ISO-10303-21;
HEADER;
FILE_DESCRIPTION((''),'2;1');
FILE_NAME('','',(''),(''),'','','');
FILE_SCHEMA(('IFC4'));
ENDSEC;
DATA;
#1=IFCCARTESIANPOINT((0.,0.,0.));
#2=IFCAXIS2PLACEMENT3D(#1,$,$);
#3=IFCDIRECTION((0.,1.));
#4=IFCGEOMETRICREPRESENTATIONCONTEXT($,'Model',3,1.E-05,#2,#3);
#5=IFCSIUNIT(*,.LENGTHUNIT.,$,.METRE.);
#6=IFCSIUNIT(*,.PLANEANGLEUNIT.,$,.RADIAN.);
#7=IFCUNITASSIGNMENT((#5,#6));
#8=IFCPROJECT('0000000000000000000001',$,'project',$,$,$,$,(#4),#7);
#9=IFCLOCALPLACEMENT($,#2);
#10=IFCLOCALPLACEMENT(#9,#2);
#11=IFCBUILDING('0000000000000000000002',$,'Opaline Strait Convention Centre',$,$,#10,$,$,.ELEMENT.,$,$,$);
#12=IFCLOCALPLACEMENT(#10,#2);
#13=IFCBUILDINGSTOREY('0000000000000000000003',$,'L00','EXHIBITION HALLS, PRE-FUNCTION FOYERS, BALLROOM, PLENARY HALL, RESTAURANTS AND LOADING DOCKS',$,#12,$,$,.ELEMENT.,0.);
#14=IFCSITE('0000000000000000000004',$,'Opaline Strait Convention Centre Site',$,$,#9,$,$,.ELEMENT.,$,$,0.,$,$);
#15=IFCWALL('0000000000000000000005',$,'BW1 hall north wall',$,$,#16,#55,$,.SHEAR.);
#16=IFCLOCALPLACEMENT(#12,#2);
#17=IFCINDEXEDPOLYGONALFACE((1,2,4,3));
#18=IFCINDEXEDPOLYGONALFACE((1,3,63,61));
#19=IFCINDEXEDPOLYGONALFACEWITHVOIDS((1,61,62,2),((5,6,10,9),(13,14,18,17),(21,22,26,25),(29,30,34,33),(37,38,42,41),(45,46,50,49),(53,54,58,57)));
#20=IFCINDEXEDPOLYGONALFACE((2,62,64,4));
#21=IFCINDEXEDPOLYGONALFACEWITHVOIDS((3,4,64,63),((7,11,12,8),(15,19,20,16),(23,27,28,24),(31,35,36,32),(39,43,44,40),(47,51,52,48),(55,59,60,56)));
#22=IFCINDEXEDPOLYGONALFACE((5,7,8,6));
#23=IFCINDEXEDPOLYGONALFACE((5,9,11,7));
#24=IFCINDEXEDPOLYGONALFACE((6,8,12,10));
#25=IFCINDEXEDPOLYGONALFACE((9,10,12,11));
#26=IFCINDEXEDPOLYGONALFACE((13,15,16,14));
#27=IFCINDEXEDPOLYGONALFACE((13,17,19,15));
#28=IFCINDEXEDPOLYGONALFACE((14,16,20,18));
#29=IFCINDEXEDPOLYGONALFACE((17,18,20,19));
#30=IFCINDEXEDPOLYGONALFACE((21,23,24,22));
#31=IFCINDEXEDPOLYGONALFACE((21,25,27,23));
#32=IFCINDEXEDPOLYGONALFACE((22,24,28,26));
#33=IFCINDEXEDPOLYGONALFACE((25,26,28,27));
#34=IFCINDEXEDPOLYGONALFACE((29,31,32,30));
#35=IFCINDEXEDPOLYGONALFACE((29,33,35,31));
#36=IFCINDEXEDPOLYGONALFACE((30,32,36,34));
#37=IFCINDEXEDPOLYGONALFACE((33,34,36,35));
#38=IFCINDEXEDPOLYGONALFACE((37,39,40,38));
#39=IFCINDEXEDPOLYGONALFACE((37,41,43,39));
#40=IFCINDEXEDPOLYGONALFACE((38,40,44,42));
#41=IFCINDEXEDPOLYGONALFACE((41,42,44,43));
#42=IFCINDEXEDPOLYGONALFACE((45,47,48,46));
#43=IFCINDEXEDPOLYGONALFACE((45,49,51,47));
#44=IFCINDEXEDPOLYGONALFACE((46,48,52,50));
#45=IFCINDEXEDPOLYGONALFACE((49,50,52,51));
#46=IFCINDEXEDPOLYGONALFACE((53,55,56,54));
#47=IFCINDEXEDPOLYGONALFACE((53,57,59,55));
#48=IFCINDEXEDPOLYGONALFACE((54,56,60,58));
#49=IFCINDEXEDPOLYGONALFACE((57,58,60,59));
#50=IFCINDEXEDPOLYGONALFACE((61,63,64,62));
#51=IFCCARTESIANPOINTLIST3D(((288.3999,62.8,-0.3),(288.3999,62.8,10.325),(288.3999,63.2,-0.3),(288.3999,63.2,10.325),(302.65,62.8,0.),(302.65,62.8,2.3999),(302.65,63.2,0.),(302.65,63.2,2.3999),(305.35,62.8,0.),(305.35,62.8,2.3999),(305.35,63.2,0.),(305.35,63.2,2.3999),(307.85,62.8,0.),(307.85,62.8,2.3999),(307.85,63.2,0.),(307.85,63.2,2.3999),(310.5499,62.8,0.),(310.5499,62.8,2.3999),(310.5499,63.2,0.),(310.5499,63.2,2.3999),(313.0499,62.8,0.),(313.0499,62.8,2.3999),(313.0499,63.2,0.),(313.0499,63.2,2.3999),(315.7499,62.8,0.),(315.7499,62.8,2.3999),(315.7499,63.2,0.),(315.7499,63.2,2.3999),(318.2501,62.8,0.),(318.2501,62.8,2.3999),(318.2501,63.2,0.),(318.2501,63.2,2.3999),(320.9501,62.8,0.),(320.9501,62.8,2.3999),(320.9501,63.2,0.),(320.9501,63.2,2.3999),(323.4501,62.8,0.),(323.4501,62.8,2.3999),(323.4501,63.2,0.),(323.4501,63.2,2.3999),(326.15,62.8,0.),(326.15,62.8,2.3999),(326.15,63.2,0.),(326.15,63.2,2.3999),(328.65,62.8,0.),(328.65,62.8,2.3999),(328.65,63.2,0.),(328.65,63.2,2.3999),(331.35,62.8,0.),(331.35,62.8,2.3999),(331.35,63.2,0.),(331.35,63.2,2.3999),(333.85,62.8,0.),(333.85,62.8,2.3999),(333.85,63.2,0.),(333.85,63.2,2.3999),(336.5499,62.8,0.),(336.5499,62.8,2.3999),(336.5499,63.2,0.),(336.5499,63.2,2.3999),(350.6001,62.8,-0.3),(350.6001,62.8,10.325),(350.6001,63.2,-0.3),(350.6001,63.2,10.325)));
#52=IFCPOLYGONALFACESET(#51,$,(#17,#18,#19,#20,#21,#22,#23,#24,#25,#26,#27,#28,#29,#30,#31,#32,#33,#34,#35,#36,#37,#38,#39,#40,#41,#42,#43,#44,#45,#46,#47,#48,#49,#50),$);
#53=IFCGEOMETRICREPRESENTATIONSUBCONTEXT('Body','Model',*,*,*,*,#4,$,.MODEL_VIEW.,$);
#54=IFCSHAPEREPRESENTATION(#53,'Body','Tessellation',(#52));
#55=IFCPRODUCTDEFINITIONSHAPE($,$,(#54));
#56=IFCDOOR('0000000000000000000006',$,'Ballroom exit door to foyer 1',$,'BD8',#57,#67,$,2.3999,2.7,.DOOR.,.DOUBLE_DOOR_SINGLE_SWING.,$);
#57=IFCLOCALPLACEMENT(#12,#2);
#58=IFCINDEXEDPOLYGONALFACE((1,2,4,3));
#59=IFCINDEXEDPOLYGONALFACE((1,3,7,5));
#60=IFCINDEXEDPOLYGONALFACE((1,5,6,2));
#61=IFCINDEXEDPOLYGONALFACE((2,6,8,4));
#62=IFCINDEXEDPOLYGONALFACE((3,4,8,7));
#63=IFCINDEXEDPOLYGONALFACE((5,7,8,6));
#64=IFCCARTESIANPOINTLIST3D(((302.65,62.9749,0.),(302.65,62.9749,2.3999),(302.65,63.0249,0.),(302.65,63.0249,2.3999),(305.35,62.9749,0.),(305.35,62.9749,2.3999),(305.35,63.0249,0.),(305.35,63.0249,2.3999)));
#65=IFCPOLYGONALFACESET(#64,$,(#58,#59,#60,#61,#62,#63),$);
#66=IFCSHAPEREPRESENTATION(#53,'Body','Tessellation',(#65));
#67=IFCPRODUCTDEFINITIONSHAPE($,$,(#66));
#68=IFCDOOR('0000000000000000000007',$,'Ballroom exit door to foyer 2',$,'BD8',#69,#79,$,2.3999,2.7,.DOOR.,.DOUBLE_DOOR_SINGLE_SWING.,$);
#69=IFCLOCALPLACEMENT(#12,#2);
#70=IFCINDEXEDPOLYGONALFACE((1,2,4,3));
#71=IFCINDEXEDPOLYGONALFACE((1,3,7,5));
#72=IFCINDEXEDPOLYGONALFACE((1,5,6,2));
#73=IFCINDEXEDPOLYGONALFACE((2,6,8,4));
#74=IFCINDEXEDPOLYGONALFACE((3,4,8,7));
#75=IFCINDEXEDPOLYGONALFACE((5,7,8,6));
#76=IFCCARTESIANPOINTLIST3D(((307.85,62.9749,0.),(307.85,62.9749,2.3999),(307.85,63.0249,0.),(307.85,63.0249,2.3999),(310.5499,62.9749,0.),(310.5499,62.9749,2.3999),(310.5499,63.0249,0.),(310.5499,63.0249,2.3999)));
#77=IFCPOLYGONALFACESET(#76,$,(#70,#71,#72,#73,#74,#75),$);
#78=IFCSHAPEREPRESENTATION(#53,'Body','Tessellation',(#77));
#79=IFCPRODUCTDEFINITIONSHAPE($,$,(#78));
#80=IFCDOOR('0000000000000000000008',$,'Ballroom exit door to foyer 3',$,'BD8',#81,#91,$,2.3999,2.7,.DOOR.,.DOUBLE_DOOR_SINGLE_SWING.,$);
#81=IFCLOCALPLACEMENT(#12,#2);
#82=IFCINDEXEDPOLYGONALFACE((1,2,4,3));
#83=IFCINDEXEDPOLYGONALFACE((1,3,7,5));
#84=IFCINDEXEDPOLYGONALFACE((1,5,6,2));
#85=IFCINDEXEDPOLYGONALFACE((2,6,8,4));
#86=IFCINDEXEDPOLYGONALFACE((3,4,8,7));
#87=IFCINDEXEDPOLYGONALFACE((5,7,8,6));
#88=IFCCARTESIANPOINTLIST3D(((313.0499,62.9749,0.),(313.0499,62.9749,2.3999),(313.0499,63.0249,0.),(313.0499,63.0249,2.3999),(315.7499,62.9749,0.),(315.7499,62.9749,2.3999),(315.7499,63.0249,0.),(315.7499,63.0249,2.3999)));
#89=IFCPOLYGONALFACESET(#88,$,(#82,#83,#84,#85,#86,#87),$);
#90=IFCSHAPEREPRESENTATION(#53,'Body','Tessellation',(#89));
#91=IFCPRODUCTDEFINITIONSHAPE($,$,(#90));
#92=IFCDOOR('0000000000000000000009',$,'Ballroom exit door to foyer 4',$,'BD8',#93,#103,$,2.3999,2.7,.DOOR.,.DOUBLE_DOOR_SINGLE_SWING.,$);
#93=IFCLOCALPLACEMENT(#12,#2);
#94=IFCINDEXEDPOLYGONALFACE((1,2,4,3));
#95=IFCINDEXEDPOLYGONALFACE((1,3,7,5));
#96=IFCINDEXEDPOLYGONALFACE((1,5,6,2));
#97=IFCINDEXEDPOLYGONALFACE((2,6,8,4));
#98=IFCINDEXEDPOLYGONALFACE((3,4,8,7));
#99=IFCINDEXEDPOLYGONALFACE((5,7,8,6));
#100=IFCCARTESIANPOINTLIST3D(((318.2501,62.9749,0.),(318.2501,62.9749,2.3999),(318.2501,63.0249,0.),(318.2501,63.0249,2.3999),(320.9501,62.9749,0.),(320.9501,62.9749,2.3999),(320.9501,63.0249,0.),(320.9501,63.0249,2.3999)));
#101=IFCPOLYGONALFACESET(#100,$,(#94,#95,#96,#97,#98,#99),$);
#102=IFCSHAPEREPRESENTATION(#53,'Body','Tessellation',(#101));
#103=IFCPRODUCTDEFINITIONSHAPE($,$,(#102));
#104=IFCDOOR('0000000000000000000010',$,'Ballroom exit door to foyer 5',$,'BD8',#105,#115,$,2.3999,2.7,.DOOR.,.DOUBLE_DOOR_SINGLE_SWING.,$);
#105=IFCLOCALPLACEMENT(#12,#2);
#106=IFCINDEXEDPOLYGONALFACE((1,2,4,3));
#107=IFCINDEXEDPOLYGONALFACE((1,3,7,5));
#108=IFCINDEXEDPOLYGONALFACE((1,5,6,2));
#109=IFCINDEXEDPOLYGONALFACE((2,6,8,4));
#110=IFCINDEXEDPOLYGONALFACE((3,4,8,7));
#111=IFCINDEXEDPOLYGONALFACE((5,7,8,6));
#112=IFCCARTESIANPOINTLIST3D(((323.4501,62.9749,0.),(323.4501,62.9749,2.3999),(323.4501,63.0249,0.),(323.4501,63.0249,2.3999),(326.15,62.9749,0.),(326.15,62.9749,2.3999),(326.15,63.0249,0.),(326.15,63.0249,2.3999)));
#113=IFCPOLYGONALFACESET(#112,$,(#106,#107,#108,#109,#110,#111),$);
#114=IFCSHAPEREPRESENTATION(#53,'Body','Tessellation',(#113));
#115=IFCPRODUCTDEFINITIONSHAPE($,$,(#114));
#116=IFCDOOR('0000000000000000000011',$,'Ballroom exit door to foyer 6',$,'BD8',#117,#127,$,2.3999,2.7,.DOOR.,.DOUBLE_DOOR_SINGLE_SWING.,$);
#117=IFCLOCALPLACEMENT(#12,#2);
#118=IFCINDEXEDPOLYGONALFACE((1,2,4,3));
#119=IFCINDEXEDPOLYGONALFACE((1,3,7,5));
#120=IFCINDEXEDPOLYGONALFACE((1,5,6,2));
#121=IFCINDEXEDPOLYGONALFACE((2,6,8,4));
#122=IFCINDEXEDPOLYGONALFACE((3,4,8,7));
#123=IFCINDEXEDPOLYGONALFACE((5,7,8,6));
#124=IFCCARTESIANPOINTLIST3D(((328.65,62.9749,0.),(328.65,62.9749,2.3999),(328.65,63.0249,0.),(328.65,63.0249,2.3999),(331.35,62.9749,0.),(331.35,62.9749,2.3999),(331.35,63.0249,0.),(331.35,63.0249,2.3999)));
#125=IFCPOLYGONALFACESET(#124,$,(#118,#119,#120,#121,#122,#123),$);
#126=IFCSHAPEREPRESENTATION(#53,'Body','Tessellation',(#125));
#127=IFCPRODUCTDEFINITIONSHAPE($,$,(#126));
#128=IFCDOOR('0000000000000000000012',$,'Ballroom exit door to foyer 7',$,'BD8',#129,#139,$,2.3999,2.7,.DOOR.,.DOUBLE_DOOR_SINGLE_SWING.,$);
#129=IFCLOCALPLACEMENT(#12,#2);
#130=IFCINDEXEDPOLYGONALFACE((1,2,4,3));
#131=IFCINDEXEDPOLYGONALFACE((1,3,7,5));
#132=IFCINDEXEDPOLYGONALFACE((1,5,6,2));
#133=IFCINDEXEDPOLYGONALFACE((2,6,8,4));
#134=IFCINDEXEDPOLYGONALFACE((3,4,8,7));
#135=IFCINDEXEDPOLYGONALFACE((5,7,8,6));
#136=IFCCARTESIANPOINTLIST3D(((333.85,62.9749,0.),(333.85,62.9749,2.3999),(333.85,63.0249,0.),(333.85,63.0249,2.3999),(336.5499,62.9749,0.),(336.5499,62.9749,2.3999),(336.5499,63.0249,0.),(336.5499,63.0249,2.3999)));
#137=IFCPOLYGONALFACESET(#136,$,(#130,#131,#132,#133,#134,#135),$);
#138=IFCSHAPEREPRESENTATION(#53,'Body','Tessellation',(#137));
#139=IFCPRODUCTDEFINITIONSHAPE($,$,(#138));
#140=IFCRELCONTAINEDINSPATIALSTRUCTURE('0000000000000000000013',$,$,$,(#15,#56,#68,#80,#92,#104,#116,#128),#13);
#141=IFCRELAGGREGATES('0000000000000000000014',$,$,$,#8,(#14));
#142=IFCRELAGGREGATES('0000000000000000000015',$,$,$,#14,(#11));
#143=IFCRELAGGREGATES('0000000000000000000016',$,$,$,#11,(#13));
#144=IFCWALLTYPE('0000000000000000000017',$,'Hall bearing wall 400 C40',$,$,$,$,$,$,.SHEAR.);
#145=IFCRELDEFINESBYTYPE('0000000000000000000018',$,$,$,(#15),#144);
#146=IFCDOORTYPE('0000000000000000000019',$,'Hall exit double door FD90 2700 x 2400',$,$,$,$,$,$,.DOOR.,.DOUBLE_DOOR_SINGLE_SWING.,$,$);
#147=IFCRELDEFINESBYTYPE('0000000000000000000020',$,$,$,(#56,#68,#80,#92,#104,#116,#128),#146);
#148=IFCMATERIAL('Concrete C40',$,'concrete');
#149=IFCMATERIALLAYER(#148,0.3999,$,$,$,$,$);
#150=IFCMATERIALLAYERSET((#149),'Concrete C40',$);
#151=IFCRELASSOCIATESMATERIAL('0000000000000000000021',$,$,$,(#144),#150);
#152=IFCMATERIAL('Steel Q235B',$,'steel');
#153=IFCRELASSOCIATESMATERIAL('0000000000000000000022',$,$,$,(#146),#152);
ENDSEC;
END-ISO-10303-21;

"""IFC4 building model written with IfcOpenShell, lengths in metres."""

from ifc_helpers import new_model, si_unit, direction, frame, frame_2d, origin, place, context, subcontext, project, spatial, rectangle, extrude, material, layer, layer_set, type_object, element, fill, save


model = new_model("IFC4")

# Units and contexts
model_context = context("Model", 3, precision=1e-05, world=origin(), true_north=direction((0.0, 1.0)))
body_context = subcontext(model_context, "Body", "Model", "MODEL_VIEW")
ifc_project = project(units=[si_unit("LENGTHUNIT", "METRE"), si_unit("PLANEANGLEUNIT", "RADIAN")], contexts=[model_context])

# Site, building, storey
site_placement = place(None, origin())
site = spatial("IfcSite", under=ifc_project, at=site_placement, Name="Opaline Strait Convention Centre Site", CompositionType="ELEMENT", RefElevation=0.0)
building_placement = place(site_placement, origin())
building = spatial("IfcBuilding", under=site, at=building_placement, Name="Opaline Strait Convention Centre", CompositionType="ELEMENT")
storey_placement = place(building_placement, origin())
storey = spatial("IfcBuildingStorey", under=building, at=storey_placement, Name="L00", Description="EXHIBITION HALLS, PRE-FUNCTION FOYERS, BALLROOM, PLENARY HALL, RESTAURANTS AND LOADING DOCKS", CompositionType="ELEMENT", Elevation=0.0)

# Wall, openings, doors
ifc_material_1 = material(Name="Concrete C40", Category="concrete")
ifc_layer_1 = layer(ifc_material_1, 0.3999)
ifc_layer_set_1 = layer_set([ifc_layer_1], Name="Concrete C40")
wall_type_1 = type_object("IfcWallType", Name="Hall bearing wall 400 C40", PredefinedType="SHEAR", material=ifc_layer_set_1)
wall_1_placement = place(storey_placement, frame((288.3999, 63.0, -0.3), z_axis=(0.0, 0.0, 1.0), x_axis=(1.0, 0.0, 0.0)))
wall_1 = element("IfcWall", 1, at=wall_1_placement, inside=storey, type_object=wall_type_1, Name="BW1 hall north wall", PredefinedType="SHEAR", context=body_context, shape_type="SweptSolid", body=[
    extrude(rectangle(XDim=62.2002, YDim=0.3999, at=frame_2d((31.1001, 0.0))), origin(), (0.0, 0.0, 1.0), 10.625),
])
opening_1_placement = place(wall_1_placement, frame((14.25, 0.0, 0.3)))
opening_1 = element("IfcOpeningElement", 2, at=opening_1_placement, cuts=wall_1, PredefinedType="OPENING", context=body_context, shape_type="SweptSolid", body=[
    extrude(rectangle(XDim=2.7, YDim=2.3999, at=frame_2d((1.3501, 1.2))), frame((0.0, 0.21, 0.0), z_axis=(0.0, -1.0, 0.0), x_axis=(1.0, 0.0, 0.0)), (0.0, 0.0, 1.0), 0.4199),
])
opening_2_placement = place(wall_1_placement, frame((19.45, 0.0, 0.3)))
opening_2 = element("IfcOpeningElement", 3, at=opening_2_placement, cuts=wall_1, PredefinedType="OPENING", context=body_context, shape_type="SweptSolid", body=[
    extrude(rectangle(XDim=2.7, YDim=2.3999, at=frame_2d((1.3501, 1.2))), frame((0.0, 0.21, 0.0), z_axis=(0.0, -1.0, 0.0), x_axis=(1.0, 0.0, 0.0)), (0.0, 0.0, 1.0), 0.4199),
])
opening_3_placement = place(wall_1_placement, frame((24.6499, 0.0, 0.3)))
opening_3 = element("IfcOpeningElement", 4, at=opening_3_placement, cuts=wall_1, PredefinedType="OPENING", context=body_context, shape_type="SweptSolid", body=[
    extrude(rectangle(XDim=2.7, YDim=2.3999, at=frame_2d((1.3501, 1.2))), frame((0.0, 0.21, 0.0), z_axis=(0.0, -1.0, 0.0), x_axis=(1.0, 0.0, 0.0)), (0.0, 0.0, 1.0), 0.4199),
])
opening_4_placement = place(wall_1_placement, frame((29.8501, 0.0, 0.3)))
opening_4 = element("IfcOpeningElement", 5, at=opening_4_placement, cuts=wall_1, PredefinedType="OPENING", context=body_context, shape_type="SweptSolid", body=[
    extrude(rectangle(XDim=2.7, YDim=2.3999, at=frame_2d((1.3501, 1.2))), frame((0.0, 0.21, 0.0), z_axis=(0.0, -1.0, 0.0), x_axis=(1.0, 0.0, 0.0)), (0.0, 0.0, 1.0), 0.4199),
])
opening_5_placement = place(wall_1_placement, frame((35.05, 0.0, 0.3)))
opening_5 = element("IfcOpeningElement", 6, at=opening_5_placement, cuts=wall_1, PredefinedType="OPENING", context=body_context, shape_type="SweptSolid", body=[
    extrude(rectangle(XDim=2.7, YDim=2.3999, at=frame_2d((1.3501, 1.2))), frame((0.0, 0.21, 0.0), z_axis=(0.0, -1.0, 0.0), x_axis=(1.0, 0.0, 0.0)), (0.0, 0.0, 1.0), 0.4199),
])
opening_6_placement = place(wall_1_placement, frame((40.25, 0.0, 0.3)))
opening_6 = element("IfcOpeningElement", 7, at=opening_6_placement, cuts=wall_1, PredefinedType="OPENING", context=body_context, shape_type="SweptSolid", body=[
    extrude(rectangle(XDim=2.7, YDim=2.3999, at=frame_2d((1.3501, 1.2))), frame((0.0, 0.21, 0.0), z_axis=(0.0, -1.0, 0.0), x_axis=(1.0, 0.0, 0.0)), (0.0, 0.0, 1.0), 0.4199),
])
opening_7_placement = place(wall_1_placement, frame((45.45, 0.0, 0.3)))
opening_7 = element("IfcOpeningElement", 8, at=opening_7_placement, cuts=wall_1, PredefinedType="OPENING", context=body_context, shape_type="SweptSolid", body=[
    extrude(rectangle(XDim=2.7, YDim=2.3999, at=frame_2d((1.3501, 1.2))), frame((0.0, 0.21, 0.0), z_axis=(0.0, -1.0, 0.0), x_axis=(1.0, 0.0, 0.0)), (0.0, 0.0, 1.0), 0.4199),
])
ifc_material_2 = material(Name="Steel Q235B", Category="steel")
door_type = type_object("IfcDoorType", Name="Hall exit double door FD90 2700 x 2400", OperationType="DOUBLE_DOOR_SINGLE_SWING", PredefinedType="DOOR", material=ifc_material_2)
door_1_placement = place(opening_1_placement, origin())
door_1 = element("IfcDoor", 9, at=door_1_placement, inside=storey, type_object=door_type, Name="Ballroom exit door to foyer 1", ObjectType="BD8", OperationType="DOUBLE_DOOR_SINGLE_SWING", OverallHeight=2.3999, OverallWidth=2.7, PredefinedType="DOOR", context=body_context, shape_type="SweptSolid", body=[
    extrude(rectangle(XDim=2.7, YDim=2.3999, at=frame_2d((1.3501, 1.2))), frame((0.0, 0.0249, 0.0), z_axis=(0.0, -1.0, 0.0), x_axis=(1.0, 0.0, 0.0)), (0.0, 0.0, 1.0), 0.05),
])
fill(opening_1, door_1)
door_2_placement = place(opening_2_placement, origin())
door_2 = element("IfcDoor", 10, at=door_2_placement, inside=storey, type_object=door_type, Name="Ballroom exit door to foyer 2", ObjectType="BD8", OperationType="DOUBLE_DOOR_SINGLE_SWING", OverallHeight=2.3999, OverallWidth=2.7, PredefinedType="DOOR", context=body_context, shape_type="SweptSolid", body=[
    extrude(rectangle(XDim=2.7, YDim=2.3999, at=frame_2d((1.3501, 1.2))), frame((0.0, 0.0249, 0.0), z_axis=(0.0, -1.0, 0.0), x_axis=(1.0, 0.0, 0.0)), (0.0, 0.0, 1.0), 0.05),
])
fill(opening_2, door_2)
door_3_placement = place(opening_3_placement, origin())
door_3 = element("IfcDoor", 11, at=door_3_placement, inside=storey, type_object=door_type, Name="Ballroom exit door to foyer 3", ObjectType="BD8", OperationType="DOUBLE_DOOR_SINGLE_SWING", OverallHeight=2.3999, OverallWidth=2.7, PredefinedType="DOOR", context=body_context, shape_type="SweptSolid", body=[
    extrude(rectangle(XDim=2.7, YDim=2.3999, at=frame_2d((1.3501, 1.2))), frame((0.0, 0.0249, 0.0), z_axis=(0.0, -1.0, 0.0), x_axis=(1.0, 0.0, 0.0)), (0.0, 0.0, 1.0), 0.05),
])
fill(opening_3, door_3)
door_4_placement = place(opening_4_placement, origin())
door_4 = element("IfcDoor", 12, at=door_4_placement, inside=storey, type_object=door_type, Name="Ballroom exit door to foyer 4", ObjectType="BD8", OperationType="DOUBLE_DOOR_SINGLE_SWING", OverallHeight=2.3999, OverallWidth=2.7, PredefinedType="DOOR", context=body_context, shape_type="SweptSolid", body=[
    extrude(rectangle(XDim=2.7, YDim=2.3999, at=frame_2d((1.3501, 1.2))), frame((0.0, 0.0249, 0.0), z_axis=(0.0, -1.0, 0.0), x_axis=(1.0, 0.0, 0.0)), (0.0, 0.0, 1.0), 0.05),
])
fill(opening_4, door_4)
door_5_placement = place(opening_5_placement, origin())
door_5 = element("IfcDoor", 13, at=door_5_placement, inside=storey, type_object=door_type, Name="Ballroom exit door to foyer 5", ObjectType="BD8", OperationType="DOUBLE_DOOR_SINGLE_SWING", OverallHeight=2.3999, OverallWidth=2.7, PredefinedType="DOOR", context=body_context, shape_type="SweptSolid", body=[
    extrude(rectangle(XDim=2.7, YDim=2.3999, at=frame_2d((1.3501, 1.2))), frame((0.0, 0.0249, 0.0), z_axis=(0.0, -1.0, 0.0), x_axis=(1.0, 0.0, 0.0)), (0.0, 0.0, 1.0), 0.05),
])
fill(opening_5, door_5)
door_6_placement = place(opening_6_placement, origin())
door_6 = element("IfcDoor", 14, at=door_6_placement, inside=storey, type_object=door_type, Name="Ballroom exit door to foyer 6", ObjectType="BD8", OperationType="DOUBLE_DOOR_SINGLE_SWING", OverallHeight=2.3999, OverallWidth=2.7, PredefinedType="DOOR", context=body_context, shape_type="SweptSolid", body=[
    extrude(rectangle(XDim=2.7, YDim=2.3999, at=frame_2d((1.3501, 1.2))), frame((0.0, 0.0249, 0.0), z_axis=(0.0, -1.0, 0.0), x_axis=(1.0, 0.0, 0.0)), (0.0, 0.0, 1.0), 0.05),
])
fill(opening_6, door_6)
door_7_placement = place(opening_7_placement, origin())
door_7 = element("IfcDoor", 15, at=door_7_placement, inside=storey, type_object=door_type, Name="Ballroom exit door to foyer 7", ObjectType="BD8", OperationType="DOUBLE_DOOR_SINGLE_SWING", OverallHeight=2.3999, OverallWidth=2.7, PredefinedType="DOOR", context=body_context, shape_type="SweptSolid", body=[
    extrude(rectangle(XDim=2.7, YDim=2.3999, at=frame_2d((1.3501, 1.2))), frame((0.0, 0.0249, 0.0), z_axis=(0.0, -1.0, 0.0), x_axis=(1.0, 0.0, 0.0)), (0.0, 0.0, 1.0), 0.05),
])
fill(opening_7, door_7)

save(model, "model.ifc")
